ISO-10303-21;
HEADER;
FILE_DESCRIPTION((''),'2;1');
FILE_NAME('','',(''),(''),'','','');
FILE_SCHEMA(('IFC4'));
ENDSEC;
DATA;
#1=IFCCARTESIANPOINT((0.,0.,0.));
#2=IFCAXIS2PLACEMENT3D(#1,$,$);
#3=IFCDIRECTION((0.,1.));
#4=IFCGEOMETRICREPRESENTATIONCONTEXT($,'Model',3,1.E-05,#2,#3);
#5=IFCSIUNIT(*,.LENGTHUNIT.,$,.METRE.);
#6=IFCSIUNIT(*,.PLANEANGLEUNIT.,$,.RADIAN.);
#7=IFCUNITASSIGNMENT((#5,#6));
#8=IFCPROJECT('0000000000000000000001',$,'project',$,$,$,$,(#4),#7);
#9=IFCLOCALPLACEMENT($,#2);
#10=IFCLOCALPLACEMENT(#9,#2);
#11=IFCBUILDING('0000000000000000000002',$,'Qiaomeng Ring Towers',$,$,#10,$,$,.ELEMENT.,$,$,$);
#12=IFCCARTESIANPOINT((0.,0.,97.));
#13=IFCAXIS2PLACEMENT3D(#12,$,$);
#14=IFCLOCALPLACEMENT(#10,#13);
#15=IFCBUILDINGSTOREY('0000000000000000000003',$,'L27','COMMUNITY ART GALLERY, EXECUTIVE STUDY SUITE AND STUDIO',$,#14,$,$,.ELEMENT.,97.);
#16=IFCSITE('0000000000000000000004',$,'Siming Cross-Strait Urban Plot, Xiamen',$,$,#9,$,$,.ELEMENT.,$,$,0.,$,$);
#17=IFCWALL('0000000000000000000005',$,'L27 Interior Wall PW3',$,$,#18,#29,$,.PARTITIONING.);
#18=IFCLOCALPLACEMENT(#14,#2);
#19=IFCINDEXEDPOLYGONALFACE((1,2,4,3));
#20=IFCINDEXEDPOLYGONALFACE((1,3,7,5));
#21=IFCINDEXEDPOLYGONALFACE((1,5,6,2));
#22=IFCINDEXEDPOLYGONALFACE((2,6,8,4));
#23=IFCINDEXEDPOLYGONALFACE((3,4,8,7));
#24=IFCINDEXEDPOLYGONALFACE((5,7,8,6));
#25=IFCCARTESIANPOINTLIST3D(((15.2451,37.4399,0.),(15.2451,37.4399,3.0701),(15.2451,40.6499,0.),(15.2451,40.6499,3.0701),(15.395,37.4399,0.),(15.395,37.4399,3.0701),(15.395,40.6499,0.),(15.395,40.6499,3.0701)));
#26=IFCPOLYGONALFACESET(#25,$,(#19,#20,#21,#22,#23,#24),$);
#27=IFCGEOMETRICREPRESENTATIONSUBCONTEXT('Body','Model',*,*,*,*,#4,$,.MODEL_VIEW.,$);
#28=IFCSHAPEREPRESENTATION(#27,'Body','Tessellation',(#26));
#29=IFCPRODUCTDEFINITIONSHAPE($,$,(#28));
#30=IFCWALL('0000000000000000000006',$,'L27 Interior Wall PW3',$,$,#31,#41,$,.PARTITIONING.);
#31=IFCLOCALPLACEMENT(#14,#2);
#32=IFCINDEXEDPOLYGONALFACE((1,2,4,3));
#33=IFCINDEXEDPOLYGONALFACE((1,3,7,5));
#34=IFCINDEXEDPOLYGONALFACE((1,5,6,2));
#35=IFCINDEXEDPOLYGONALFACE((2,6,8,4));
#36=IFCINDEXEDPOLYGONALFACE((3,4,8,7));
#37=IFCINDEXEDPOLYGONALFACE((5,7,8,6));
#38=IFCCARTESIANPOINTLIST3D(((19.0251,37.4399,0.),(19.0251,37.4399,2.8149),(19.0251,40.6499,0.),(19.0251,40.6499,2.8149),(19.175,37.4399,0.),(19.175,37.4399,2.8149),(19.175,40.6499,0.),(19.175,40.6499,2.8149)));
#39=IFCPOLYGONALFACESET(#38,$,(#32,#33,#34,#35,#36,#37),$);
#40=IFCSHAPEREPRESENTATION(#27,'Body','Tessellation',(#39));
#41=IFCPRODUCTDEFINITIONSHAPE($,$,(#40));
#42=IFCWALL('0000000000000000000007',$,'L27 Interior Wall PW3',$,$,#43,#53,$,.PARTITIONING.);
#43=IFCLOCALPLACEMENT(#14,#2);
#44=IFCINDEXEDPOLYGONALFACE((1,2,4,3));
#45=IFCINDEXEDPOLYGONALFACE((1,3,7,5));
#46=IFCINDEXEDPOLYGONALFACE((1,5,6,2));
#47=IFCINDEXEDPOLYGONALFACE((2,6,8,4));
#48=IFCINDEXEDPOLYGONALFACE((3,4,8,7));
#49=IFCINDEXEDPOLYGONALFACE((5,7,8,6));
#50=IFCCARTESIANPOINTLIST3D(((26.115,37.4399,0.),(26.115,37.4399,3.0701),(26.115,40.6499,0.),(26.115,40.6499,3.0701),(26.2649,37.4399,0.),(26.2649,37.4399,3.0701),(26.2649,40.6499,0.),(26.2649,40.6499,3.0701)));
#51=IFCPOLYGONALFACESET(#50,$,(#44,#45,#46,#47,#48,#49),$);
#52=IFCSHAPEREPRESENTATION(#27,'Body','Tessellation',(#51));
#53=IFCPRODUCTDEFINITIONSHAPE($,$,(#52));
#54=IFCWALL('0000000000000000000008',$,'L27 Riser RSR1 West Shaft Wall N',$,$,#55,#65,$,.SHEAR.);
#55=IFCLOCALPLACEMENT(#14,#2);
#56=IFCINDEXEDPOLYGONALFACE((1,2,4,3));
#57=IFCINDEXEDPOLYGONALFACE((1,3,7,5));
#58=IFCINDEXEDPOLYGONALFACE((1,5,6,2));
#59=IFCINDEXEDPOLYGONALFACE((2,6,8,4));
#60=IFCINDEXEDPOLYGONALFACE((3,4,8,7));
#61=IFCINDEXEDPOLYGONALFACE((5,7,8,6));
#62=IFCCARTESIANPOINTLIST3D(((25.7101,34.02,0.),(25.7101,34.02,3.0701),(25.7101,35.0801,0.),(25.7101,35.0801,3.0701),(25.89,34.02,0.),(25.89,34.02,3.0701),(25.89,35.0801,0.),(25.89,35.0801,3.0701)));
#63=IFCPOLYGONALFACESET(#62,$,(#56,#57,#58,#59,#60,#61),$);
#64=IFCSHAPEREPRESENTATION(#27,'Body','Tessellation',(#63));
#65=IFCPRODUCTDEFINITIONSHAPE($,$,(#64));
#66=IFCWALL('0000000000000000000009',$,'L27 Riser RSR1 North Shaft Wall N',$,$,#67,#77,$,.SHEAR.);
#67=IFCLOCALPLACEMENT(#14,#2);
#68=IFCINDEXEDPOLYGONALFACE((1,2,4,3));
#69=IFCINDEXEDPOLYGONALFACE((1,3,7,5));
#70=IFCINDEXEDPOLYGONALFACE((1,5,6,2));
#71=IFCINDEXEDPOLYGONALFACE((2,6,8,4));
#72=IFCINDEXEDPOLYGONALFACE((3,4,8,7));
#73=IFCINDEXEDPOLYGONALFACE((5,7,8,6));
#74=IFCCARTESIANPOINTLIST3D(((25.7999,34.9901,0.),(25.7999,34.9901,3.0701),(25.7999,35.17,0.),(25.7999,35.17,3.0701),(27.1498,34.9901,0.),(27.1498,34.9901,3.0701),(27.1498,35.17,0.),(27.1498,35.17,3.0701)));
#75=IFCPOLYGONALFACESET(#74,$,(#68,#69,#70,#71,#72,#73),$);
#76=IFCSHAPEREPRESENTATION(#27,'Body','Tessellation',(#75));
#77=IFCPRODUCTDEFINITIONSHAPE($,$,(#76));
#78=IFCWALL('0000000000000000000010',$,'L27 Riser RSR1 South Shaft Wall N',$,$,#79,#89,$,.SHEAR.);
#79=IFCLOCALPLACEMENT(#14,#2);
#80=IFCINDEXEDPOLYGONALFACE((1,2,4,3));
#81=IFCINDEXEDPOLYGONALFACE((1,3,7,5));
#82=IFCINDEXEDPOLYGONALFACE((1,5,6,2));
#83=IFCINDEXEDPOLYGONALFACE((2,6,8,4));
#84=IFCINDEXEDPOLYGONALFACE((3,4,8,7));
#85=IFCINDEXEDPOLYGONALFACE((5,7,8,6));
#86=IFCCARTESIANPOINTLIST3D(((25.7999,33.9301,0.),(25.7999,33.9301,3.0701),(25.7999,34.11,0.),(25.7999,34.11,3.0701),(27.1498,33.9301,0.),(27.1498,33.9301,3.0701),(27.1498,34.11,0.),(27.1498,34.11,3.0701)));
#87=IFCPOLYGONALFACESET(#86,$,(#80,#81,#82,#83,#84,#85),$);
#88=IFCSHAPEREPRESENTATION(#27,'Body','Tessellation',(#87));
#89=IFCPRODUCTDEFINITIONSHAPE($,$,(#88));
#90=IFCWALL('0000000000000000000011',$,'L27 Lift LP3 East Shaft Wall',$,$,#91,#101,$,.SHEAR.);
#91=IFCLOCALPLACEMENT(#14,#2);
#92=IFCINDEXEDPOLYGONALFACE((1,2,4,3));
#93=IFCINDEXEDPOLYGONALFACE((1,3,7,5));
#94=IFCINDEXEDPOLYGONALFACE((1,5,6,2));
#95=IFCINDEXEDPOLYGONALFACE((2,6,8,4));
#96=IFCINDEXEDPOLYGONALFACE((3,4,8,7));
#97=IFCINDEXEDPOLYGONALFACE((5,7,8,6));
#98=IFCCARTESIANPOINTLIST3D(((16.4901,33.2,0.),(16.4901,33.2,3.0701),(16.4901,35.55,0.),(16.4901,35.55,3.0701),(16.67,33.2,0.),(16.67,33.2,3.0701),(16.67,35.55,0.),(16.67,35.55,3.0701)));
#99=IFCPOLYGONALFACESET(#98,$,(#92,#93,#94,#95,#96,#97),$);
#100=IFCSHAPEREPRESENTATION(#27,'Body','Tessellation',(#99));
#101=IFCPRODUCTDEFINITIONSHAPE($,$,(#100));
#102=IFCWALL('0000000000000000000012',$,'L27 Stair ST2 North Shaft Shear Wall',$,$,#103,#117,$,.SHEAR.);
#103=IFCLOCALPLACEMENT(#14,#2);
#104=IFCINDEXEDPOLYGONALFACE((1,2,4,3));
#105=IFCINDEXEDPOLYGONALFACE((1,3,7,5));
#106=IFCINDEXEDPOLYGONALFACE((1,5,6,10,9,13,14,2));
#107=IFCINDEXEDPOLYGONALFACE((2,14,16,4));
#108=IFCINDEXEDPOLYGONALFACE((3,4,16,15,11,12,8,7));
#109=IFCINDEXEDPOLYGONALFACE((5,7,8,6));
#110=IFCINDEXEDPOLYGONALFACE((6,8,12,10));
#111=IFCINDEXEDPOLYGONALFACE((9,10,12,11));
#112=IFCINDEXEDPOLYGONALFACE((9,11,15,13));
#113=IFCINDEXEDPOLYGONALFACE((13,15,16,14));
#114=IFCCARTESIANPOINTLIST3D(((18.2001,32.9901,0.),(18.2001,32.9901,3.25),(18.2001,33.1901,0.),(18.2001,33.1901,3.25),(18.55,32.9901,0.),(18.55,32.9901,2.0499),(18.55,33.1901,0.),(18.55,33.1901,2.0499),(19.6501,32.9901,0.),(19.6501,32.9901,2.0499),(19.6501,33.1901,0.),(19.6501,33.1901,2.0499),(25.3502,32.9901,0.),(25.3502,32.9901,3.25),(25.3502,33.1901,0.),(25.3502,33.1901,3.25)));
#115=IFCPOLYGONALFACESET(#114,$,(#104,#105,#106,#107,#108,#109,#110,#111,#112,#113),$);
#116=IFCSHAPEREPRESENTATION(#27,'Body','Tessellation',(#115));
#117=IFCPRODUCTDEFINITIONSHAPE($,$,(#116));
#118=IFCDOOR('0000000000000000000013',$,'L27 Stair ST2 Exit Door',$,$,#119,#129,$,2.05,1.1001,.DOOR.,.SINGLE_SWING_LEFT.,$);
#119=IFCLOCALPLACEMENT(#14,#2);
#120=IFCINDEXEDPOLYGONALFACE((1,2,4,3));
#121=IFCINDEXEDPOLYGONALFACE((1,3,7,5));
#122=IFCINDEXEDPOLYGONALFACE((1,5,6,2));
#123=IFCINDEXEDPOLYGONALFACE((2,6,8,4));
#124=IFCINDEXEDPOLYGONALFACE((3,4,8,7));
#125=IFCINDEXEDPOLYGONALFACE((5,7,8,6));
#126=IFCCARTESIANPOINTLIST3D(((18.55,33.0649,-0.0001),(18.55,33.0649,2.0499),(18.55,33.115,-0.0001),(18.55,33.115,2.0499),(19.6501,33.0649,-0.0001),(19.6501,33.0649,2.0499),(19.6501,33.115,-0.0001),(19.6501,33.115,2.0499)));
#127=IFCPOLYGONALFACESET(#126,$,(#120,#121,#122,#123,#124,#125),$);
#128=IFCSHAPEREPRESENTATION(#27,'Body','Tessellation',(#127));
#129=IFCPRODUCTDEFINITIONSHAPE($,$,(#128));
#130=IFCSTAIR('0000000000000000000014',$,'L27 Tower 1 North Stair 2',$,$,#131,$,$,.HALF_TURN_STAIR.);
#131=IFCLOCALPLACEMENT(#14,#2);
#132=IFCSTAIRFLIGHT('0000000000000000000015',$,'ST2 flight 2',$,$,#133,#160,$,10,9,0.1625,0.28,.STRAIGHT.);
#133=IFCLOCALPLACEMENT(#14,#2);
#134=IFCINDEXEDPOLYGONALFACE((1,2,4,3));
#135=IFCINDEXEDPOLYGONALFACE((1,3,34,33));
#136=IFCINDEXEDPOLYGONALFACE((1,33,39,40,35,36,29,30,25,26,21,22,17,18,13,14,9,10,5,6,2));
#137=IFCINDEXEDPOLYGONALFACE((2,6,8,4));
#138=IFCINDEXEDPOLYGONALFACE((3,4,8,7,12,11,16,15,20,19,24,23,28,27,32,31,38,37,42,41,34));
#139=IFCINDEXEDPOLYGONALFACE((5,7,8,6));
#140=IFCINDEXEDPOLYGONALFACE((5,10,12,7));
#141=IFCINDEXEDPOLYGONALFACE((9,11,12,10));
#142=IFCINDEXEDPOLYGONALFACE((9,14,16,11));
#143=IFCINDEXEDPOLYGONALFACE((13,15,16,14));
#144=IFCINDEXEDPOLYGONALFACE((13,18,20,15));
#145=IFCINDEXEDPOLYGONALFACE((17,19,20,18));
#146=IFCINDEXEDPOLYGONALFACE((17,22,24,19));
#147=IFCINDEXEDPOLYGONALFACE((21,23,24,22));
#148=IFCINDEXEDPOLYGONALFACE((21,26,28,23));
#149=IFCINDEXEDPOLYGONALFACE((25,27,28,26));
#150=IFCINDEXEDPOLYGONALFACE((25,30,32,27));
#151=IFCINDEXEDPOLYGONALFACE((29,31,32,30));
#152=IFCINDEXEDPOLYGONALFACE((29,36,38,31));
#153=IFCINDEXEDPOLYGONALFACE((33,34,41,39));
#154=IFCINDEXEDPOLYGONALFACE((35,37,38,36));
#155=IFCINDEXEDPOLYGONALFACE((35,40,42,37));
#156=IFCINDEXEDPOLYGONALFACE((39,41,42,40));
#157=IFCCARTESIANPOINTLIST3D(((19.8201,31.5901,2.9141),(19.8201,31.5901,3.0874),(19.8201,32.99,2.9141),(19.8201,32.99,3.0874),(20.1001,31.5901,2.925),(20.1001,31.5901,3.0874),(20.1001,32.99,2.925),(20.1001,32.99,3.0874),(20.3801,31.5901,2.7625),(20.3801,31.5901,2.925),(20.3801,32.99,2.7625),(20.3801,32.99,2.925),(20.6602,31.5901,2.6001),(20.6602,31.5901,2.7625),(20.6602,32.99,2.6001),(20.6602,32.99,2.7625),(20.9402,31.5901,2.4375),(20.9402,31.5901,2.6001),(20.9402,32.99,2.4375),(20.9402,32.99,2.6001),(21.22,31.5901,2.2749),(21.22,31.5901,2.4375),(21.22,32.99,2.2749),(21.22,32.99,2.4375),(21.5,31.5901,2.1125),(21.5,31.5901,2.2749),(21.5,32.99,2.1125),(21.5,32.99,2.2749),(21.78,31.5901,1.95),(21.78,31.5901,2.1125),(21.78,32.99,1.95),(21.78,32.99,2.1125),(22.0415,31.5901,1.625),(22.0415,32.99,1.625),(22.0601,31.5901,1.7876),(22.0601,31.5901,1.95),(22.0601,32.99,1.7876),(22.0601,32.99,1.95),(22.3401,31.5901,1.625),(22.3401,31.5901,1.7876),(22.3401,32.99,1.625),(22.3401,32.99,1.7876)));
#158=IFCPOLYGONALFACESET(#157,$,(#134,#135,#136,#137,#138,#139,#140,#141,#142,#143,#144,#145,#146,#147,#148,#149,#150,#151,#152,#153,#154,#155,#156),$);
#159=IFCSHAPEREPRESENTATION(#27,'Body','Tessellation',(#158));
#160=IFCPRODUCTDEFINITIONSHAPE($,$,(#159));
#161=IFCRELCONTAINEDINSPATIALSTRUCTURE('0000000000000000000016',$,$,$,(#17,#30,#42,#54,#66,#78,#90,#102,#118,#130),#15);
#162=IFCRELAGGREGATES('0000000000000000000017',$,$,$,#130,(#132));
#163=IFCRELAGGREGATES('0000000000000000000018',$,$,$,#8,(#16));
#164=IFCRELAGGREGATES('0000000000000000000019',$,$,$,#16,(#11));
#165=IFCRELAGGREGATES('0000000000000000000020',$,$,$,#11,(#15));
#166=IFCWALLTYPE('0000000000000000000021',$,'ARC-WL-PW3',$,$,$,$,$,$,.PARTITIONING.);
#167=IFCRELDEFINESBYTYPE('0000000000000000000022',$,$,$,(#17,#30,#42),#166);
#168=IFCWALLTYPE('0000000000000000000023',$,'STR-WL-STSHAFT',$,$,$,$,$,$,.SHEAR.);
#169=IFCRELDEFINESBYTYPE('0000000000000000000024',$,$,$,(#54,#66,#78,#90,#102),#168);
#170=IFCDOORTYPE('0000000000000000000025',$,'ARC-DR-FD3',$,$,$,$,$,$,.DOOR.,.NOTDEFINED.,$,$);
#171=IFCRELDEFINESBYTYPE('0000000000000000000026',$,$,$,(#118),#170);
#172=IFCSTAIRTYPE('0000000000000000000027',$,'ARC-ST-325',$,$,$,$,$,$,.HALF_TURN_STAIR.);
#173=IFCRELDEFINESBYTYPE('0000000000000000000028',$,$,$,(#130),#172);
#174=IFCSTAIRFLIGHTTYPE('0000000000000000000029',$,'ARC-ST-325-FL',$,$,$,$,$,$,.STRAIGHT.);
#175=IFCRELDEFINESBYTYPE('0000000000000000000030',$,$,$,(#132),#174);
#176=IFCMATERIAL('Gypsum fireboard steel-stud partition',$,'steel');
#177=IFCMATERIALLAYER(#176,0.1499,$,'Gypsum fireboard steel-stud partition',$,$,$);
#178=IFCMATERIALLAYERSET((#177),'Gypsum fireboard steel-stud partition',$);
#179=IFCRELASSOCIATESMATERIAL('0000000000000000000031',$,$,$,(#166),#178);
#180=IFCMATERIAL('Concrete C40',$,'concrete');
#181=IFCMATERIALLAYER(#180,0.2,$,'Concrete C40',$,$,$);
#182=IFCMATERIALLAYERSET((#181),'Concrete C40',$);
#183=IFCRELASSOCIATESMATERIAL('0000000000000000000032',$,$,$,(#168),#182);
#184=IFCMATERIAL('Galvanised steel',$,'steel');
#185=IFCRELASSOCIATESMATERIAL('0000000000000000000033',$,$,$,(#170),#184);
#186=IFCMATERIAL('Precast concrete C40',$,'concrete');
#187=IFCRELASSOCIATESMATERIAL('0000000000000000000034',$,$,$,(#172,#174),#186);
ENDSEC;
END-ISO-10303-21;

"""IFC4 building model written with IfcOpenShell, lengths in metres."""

from ifc_helpers import new_model, si_unit, direction, frame, frame_2d, origin, place, context, subcontext, project, spatial, polyline, rectangle, outline, extrude, source, transform, mapped, material, layer, layer_set, type_object, element, fill, aggregate, save


model = new_model("IFC4")

# Units and contexts
model_context = context("Model", 3, precision=1e-05, world=origin(), true_north=direction((0.0, 1.0)))
body_context = subcontext(model_context, "Body", "Model", "MODEL_VIEW")
ifc_project = project(units=[si_unit("LENGTHUNIT", "METRE"), si_unit("PLANEANGLEUNIT", "RADIAN")], contexts=[model_context])

# Site, building, storey
site_placement = place(None, origin())
site = spatial("IfcSite", under=ifc_project, at=site_placement, Name="Siming Cross-Strait Urban Plot, Xiamen", CompositionType="ELEMENT", RefElevation=0.0)
building_placement = place(site_placement, origin())
building = spatial("IfcBuilding", under=site, at=building_placement, Name="Qiaomeng Ring Towers", CompositionType="ELEMENT")
storey_placement = place(building_placement, frame((0.0, 0.0, 97.0)))
storey = spatial("IfcBuildingStorey", under=building, at=storey_placement, Name="L27", Description="COMMUNITY ART GALLERY, EXECUTIVE STUDY SUITE AND STUDIO", CompositionType="ELEMENT", Elevation=97.0)

# Walls
ifc_material_1 = material(Name="Gypsum fireboard steel-stud partition", Category="steel")
ifc_layer_1 = layer(ifc_material_1, 0.1499, Name="Gypsum fireboard steel-stud partition")
ifc_layer_set_1 = layer_set([ifc_layer_1], Name="Gypsum fireboard steel-stud partition")
wall_type_1 = type_object("IfcWallType", Name="ARC-WL-PW3", PredefinedType="PARTITIONING", material=ifc_layer_set_1)
wall_1_placement = place(storey_placement, frame((15.3201, 37.4399, 0.0), z_axis=(0.0, 0.0, 1.0), x_axis=(0.0, 1.0, 0.0)))
element("IfcWall", 1, at=wall_1_placement, inside=storey, type_object=wall_type_1, Name="L27 Interior Wall PW3", PredefinedType="PARTITIONING", context=body_context, shape_type="SweptSolid", body=[
    extrude(rectangle(XDim=3.21, YDim=0.1499, at=frame_2d((1.605, 0.0))), origin(), (0.0, 0.0, 1.0), 3.0701),
])
wall_2_placement = place(storey_placement, frame((19.1001, 37.4399, 0.0), z_axis=(0.0, 0.0, 1.0), x_axis=(0.0, 1.0, 0.0)))
element("IfcWall", 2, at=wall_2_placement, inside=storey, type_object=wall_type_1, Name="L27 Interior Wall PW3", PredefinedType="PARTITIONING", context=body_context, shape_type="SweptSolid", body=[
    extrude(rectangle(XDim=3.21, YDim=0.1499, at=frame_2d((1.605, 0.0))), origin(), (0.0, 0.0, 1.0), 2.8149),
])
wall_3_placement = place(storey_placement, frame((26.1899, 37.4399, 0.0), z_axis=(0.0, 0.0, 1.0), x_axis=(0.0, 1.0, 0.0)))
element("IfcWall", 3, at=wall_3_placement, inside=storey, type_object=wall_type_1, Name="L27 Interior Wall PW3", PredefinedType="PARTITIONING", context=body_context, shape_type="SweptSolid", body=[
    extrude(rectangle(XDim=3.21, YDim=0.1499, at=frame_2d((1.605, 0.0))), origin(), (0.0, 0.0, 1.0), 3.0701),
])
ifc_material_2 = material(Name="Concrete C40", Category="concrete")
ifc_layer_2 = layer(ifc_material_2, 0.2, Name="Concrete C40")
ifc_layer_set_2 = layer_set([ifc_layer_2], Name="Concrete C40")
wall_type_2 = type_object("IfcWallType", Name="STR-WL-STSHAFT", PredefinedType="SHEAR", material=ifc_layer_set_2)
wall_4_placement = place(storey_placement, frame((25.8, 34.02, 0.0), z_axis=(0.0, 0.0, 1.0), x_axis=(0.0, 1.0, 0.0)))
element("IfcWall", 4, at=wall_4_placement, inside=storey, type_object=wall_type_2, Name="L27 Riser RSR1 West Shaft Wall N", PredefinedType="SHEAR", context=body_context, shape_type="SweptSolid", body=[
    extrude(rectangle(XDim=1.0601, YDim=0.1799, at=frame_2d((0.53, 0.0))), origin(), (0.0, 0.0, 1.0), 3.0701),
])
for number, where, z_axis, x_axis, name in (
    (5, (25.8, 35.0801, 0.0), (0.0, 0.0, 1.0), (1.0, 0.0, 0.0), "L27 Riser RSR1 North Shaft Wall N"),
    (6, (25.8, 34.02, 0.0), (0.0, 0.0, 1.0), (1.0, 0.0, 0.0), "L27 Riser RSR1 South Shaft Wall N"),
):
    element("IfcWall", number, at=place(storey_placement, frame(where, z_axis=z_axis, x_axis=x_axis)), inside=storey, type_object=wall_type_2, Name=name, PredefinedType="SHEAR", context=body_context, shape_type="SweptSolid", body=[
        extrude(rectangle(XDim=1.3499, YDim=0.1799, at=frame_2d((0.6748, 0.0))), origin(), (0.0, 0.0, 1.0), 3.0701),
    ])
wall_5_placement = place(storey_placement, frame((16.5801, 33.2, 0.0), z_axis=(0.0, 0.0, 1.0), x_axis=(0.0, 1.0, 0.0)))
element("IfcWall", 7, at=wall_5_placement, inside=storey, type_object=wall_type_2, Name="L27 Lift LP3 East Shaft Wall", PredefinedType="SHEAR", context=body_context, shape_type="SweptSolid", body=[
    extrude(rectangle(XDim=2.3501, YDim=0.1799, at=frame_2d((1.175, 0.0))), origin(), (0.0, 0.0, 1.0), 3.0701),
])

# Wall, opening, door
wall_6_placement = place(storey_placement, frame((18.2, 33.0901, 0.0), z_axis=(0.0, 0.0, 1.0), x_axis=(1.0, 0.0, 0.0)))
wall_6 = element("IfcWall", 8, at=wall_6_placement, inside=storey, type_object=wall_type_2, Name="L27 Stair ST2 North Shaft Shear Wall", PredefinedType="SHEAR", context=body_context, shape_type="SweptSolid", body=[
    extrude(rectangle(XDim=7.1501, YDim=0.2, at=frame_2d((3.5752, 0.0))), origin(), (0.0, 0.0, 1.0), 3.25),
])
opening_placement = place(wall_6_placement, frame((0.3501, 0.0, 0.0)))
opening = element("IfcOpeningElement", 9, at=opening_placement, cuts=wall_6, PredefinedType="OPENING", context=body_context, shape_type="SweptSolid", body=[
    extrude(rectangle(XDim=1.1001, YDim=2.05, at=frame_2d((0.55, 1.0249))), frame((0.0, 0.1099, 0.0), z_axis=(0.0, -1.0, 0.0), x_axis=(1.0, 0.0, 0.0)), (0.0, 0.0, 1.0), 0.22),
])
ifc_material_3 = material(Name="Galvanised steel", Category="steel")
door_type = type_object("IfcDoorType", Name="ARC-DR-FD3", OperationType="NOTDEFINED", PredefinedType="DOOR", material=ifc_material_3)
shared_shape_1 = source(origin(), body_context, "Body", "SweptSolid", [
    extrude(rectangle(XDim=1.1001, YDim=2.05, at=frame_2d((0.55, 1.0249))), frame((0.0, 0.0249, 0.0), z_axis=(0.0, -1.0, 0.0), x_axis=(1.0, 0.0, 0.0)), (0.0, 0.0, 1.0), 0.05),
])
door_placement = place(opening_placement, origin())
door = element("IfcDoor", 10, at=door_placement, inside=storey, type_object=door_type, Name="L27 Stair ST2 Exit Door", OperationType="SINGLE_SWING_LEFT", OverallHeight=2.05, OverallWidth=1.1001, PredefinedType="DOOR", context=body_context, shape_type="MappedRepresentation", body=[
    mapped(shared_shape_1, transform((0.0, 0.0, 0.0), x_axis=(1.0, 0.0, 0.0), y_axis=(0.0, 1.0, 0.0), z_axis=(0.0, 0.0, 1.0), scale=1.0)),
])
fill(opening, door)

# Stair, stair flight
ifc_material_4 = material(Name="Precast concrete C40", Category="concrete")
stair_type = type_object("IfcStairType", Name="ARC-ST-325", PredefinedType="HALF_TURN_STAIR", material=ifc_material_4)
stair_placement = place(storey_placement, origin())
stair = element("IfcStair", 11, at=stair_placement, inside=storey, type_object=stair_type, Name="L27 Tower 1 North Stair 2", PredefinedType="HALF_TURN_STAIR")
stair_flight_type = type_object("IfcStairFlightType", Name="ARC-ST-325-FL", PredefinedType="STRAIGHT", material=ifc_material_4)
shared_shape_2 = source(origin(), body_context, "Body", "SweptSolid", [
    extrude(outline(polyline([(0.0, 0.0), (0.0, 0.1626), (0.28, 0.1626), (0.28, 0.325), (0.5601, 0.325), (0.5601, 0.4875), (0.8401, 0.4875), (0.8401, 0.6499), (1.1201, 0.6499), (1.1201, 0.8125), (1.3999, 0.8125), (1.3999, 0.9751), (1.6799, 0.9751), (1.6799, 1.1375), (1.96, 1.1375), (1.96, 1.3), (2.24, 1.3), (2.24, 1.4624), (2.52, 1.4624), (2.52, 1.625), (2.52, 1.2891), (0.2986, 0.0), (0.0, 0.0)])), frame((0.0, 0.7, 0.0), z_axis=(0.0, -1.0, 0.0), x_axis=(1.0, 0.0, 0.0)), (0.0, 0.0, 1.0), 1.3999),
])
stair_flight_placement = place(storey_placement, frame((22.3401, 32.29, 1.625), z_axis=(0.0, 0.0, 1.0), x_axis=(-1.0, 0.0, 0.0)))
stair_flight = element("IfcStairFlight", 12, at=stair_flight_placement, type_object=stair_flight_type, Name="ST2 flight 2", NumberOfRisers=10, NumberOfTreads=9, PredefinedType="STRAIGHT", RiserHeight=0.1625, TreadLength=0.28, context=body_context, shape_type="MappedRepresentation", body=[
    mapped(shared_shape_2, transform((0.0, 0.0, 0.0), x_axis=(1.0, 0.0, 0.0), y_axis=(0.0, 1.0, 0.0), z_axis=(0.0, 0.0, 1.0), scale=1.0)),
])
aggregate(stair, [stair_flight])

save(model, "model.ifc")
